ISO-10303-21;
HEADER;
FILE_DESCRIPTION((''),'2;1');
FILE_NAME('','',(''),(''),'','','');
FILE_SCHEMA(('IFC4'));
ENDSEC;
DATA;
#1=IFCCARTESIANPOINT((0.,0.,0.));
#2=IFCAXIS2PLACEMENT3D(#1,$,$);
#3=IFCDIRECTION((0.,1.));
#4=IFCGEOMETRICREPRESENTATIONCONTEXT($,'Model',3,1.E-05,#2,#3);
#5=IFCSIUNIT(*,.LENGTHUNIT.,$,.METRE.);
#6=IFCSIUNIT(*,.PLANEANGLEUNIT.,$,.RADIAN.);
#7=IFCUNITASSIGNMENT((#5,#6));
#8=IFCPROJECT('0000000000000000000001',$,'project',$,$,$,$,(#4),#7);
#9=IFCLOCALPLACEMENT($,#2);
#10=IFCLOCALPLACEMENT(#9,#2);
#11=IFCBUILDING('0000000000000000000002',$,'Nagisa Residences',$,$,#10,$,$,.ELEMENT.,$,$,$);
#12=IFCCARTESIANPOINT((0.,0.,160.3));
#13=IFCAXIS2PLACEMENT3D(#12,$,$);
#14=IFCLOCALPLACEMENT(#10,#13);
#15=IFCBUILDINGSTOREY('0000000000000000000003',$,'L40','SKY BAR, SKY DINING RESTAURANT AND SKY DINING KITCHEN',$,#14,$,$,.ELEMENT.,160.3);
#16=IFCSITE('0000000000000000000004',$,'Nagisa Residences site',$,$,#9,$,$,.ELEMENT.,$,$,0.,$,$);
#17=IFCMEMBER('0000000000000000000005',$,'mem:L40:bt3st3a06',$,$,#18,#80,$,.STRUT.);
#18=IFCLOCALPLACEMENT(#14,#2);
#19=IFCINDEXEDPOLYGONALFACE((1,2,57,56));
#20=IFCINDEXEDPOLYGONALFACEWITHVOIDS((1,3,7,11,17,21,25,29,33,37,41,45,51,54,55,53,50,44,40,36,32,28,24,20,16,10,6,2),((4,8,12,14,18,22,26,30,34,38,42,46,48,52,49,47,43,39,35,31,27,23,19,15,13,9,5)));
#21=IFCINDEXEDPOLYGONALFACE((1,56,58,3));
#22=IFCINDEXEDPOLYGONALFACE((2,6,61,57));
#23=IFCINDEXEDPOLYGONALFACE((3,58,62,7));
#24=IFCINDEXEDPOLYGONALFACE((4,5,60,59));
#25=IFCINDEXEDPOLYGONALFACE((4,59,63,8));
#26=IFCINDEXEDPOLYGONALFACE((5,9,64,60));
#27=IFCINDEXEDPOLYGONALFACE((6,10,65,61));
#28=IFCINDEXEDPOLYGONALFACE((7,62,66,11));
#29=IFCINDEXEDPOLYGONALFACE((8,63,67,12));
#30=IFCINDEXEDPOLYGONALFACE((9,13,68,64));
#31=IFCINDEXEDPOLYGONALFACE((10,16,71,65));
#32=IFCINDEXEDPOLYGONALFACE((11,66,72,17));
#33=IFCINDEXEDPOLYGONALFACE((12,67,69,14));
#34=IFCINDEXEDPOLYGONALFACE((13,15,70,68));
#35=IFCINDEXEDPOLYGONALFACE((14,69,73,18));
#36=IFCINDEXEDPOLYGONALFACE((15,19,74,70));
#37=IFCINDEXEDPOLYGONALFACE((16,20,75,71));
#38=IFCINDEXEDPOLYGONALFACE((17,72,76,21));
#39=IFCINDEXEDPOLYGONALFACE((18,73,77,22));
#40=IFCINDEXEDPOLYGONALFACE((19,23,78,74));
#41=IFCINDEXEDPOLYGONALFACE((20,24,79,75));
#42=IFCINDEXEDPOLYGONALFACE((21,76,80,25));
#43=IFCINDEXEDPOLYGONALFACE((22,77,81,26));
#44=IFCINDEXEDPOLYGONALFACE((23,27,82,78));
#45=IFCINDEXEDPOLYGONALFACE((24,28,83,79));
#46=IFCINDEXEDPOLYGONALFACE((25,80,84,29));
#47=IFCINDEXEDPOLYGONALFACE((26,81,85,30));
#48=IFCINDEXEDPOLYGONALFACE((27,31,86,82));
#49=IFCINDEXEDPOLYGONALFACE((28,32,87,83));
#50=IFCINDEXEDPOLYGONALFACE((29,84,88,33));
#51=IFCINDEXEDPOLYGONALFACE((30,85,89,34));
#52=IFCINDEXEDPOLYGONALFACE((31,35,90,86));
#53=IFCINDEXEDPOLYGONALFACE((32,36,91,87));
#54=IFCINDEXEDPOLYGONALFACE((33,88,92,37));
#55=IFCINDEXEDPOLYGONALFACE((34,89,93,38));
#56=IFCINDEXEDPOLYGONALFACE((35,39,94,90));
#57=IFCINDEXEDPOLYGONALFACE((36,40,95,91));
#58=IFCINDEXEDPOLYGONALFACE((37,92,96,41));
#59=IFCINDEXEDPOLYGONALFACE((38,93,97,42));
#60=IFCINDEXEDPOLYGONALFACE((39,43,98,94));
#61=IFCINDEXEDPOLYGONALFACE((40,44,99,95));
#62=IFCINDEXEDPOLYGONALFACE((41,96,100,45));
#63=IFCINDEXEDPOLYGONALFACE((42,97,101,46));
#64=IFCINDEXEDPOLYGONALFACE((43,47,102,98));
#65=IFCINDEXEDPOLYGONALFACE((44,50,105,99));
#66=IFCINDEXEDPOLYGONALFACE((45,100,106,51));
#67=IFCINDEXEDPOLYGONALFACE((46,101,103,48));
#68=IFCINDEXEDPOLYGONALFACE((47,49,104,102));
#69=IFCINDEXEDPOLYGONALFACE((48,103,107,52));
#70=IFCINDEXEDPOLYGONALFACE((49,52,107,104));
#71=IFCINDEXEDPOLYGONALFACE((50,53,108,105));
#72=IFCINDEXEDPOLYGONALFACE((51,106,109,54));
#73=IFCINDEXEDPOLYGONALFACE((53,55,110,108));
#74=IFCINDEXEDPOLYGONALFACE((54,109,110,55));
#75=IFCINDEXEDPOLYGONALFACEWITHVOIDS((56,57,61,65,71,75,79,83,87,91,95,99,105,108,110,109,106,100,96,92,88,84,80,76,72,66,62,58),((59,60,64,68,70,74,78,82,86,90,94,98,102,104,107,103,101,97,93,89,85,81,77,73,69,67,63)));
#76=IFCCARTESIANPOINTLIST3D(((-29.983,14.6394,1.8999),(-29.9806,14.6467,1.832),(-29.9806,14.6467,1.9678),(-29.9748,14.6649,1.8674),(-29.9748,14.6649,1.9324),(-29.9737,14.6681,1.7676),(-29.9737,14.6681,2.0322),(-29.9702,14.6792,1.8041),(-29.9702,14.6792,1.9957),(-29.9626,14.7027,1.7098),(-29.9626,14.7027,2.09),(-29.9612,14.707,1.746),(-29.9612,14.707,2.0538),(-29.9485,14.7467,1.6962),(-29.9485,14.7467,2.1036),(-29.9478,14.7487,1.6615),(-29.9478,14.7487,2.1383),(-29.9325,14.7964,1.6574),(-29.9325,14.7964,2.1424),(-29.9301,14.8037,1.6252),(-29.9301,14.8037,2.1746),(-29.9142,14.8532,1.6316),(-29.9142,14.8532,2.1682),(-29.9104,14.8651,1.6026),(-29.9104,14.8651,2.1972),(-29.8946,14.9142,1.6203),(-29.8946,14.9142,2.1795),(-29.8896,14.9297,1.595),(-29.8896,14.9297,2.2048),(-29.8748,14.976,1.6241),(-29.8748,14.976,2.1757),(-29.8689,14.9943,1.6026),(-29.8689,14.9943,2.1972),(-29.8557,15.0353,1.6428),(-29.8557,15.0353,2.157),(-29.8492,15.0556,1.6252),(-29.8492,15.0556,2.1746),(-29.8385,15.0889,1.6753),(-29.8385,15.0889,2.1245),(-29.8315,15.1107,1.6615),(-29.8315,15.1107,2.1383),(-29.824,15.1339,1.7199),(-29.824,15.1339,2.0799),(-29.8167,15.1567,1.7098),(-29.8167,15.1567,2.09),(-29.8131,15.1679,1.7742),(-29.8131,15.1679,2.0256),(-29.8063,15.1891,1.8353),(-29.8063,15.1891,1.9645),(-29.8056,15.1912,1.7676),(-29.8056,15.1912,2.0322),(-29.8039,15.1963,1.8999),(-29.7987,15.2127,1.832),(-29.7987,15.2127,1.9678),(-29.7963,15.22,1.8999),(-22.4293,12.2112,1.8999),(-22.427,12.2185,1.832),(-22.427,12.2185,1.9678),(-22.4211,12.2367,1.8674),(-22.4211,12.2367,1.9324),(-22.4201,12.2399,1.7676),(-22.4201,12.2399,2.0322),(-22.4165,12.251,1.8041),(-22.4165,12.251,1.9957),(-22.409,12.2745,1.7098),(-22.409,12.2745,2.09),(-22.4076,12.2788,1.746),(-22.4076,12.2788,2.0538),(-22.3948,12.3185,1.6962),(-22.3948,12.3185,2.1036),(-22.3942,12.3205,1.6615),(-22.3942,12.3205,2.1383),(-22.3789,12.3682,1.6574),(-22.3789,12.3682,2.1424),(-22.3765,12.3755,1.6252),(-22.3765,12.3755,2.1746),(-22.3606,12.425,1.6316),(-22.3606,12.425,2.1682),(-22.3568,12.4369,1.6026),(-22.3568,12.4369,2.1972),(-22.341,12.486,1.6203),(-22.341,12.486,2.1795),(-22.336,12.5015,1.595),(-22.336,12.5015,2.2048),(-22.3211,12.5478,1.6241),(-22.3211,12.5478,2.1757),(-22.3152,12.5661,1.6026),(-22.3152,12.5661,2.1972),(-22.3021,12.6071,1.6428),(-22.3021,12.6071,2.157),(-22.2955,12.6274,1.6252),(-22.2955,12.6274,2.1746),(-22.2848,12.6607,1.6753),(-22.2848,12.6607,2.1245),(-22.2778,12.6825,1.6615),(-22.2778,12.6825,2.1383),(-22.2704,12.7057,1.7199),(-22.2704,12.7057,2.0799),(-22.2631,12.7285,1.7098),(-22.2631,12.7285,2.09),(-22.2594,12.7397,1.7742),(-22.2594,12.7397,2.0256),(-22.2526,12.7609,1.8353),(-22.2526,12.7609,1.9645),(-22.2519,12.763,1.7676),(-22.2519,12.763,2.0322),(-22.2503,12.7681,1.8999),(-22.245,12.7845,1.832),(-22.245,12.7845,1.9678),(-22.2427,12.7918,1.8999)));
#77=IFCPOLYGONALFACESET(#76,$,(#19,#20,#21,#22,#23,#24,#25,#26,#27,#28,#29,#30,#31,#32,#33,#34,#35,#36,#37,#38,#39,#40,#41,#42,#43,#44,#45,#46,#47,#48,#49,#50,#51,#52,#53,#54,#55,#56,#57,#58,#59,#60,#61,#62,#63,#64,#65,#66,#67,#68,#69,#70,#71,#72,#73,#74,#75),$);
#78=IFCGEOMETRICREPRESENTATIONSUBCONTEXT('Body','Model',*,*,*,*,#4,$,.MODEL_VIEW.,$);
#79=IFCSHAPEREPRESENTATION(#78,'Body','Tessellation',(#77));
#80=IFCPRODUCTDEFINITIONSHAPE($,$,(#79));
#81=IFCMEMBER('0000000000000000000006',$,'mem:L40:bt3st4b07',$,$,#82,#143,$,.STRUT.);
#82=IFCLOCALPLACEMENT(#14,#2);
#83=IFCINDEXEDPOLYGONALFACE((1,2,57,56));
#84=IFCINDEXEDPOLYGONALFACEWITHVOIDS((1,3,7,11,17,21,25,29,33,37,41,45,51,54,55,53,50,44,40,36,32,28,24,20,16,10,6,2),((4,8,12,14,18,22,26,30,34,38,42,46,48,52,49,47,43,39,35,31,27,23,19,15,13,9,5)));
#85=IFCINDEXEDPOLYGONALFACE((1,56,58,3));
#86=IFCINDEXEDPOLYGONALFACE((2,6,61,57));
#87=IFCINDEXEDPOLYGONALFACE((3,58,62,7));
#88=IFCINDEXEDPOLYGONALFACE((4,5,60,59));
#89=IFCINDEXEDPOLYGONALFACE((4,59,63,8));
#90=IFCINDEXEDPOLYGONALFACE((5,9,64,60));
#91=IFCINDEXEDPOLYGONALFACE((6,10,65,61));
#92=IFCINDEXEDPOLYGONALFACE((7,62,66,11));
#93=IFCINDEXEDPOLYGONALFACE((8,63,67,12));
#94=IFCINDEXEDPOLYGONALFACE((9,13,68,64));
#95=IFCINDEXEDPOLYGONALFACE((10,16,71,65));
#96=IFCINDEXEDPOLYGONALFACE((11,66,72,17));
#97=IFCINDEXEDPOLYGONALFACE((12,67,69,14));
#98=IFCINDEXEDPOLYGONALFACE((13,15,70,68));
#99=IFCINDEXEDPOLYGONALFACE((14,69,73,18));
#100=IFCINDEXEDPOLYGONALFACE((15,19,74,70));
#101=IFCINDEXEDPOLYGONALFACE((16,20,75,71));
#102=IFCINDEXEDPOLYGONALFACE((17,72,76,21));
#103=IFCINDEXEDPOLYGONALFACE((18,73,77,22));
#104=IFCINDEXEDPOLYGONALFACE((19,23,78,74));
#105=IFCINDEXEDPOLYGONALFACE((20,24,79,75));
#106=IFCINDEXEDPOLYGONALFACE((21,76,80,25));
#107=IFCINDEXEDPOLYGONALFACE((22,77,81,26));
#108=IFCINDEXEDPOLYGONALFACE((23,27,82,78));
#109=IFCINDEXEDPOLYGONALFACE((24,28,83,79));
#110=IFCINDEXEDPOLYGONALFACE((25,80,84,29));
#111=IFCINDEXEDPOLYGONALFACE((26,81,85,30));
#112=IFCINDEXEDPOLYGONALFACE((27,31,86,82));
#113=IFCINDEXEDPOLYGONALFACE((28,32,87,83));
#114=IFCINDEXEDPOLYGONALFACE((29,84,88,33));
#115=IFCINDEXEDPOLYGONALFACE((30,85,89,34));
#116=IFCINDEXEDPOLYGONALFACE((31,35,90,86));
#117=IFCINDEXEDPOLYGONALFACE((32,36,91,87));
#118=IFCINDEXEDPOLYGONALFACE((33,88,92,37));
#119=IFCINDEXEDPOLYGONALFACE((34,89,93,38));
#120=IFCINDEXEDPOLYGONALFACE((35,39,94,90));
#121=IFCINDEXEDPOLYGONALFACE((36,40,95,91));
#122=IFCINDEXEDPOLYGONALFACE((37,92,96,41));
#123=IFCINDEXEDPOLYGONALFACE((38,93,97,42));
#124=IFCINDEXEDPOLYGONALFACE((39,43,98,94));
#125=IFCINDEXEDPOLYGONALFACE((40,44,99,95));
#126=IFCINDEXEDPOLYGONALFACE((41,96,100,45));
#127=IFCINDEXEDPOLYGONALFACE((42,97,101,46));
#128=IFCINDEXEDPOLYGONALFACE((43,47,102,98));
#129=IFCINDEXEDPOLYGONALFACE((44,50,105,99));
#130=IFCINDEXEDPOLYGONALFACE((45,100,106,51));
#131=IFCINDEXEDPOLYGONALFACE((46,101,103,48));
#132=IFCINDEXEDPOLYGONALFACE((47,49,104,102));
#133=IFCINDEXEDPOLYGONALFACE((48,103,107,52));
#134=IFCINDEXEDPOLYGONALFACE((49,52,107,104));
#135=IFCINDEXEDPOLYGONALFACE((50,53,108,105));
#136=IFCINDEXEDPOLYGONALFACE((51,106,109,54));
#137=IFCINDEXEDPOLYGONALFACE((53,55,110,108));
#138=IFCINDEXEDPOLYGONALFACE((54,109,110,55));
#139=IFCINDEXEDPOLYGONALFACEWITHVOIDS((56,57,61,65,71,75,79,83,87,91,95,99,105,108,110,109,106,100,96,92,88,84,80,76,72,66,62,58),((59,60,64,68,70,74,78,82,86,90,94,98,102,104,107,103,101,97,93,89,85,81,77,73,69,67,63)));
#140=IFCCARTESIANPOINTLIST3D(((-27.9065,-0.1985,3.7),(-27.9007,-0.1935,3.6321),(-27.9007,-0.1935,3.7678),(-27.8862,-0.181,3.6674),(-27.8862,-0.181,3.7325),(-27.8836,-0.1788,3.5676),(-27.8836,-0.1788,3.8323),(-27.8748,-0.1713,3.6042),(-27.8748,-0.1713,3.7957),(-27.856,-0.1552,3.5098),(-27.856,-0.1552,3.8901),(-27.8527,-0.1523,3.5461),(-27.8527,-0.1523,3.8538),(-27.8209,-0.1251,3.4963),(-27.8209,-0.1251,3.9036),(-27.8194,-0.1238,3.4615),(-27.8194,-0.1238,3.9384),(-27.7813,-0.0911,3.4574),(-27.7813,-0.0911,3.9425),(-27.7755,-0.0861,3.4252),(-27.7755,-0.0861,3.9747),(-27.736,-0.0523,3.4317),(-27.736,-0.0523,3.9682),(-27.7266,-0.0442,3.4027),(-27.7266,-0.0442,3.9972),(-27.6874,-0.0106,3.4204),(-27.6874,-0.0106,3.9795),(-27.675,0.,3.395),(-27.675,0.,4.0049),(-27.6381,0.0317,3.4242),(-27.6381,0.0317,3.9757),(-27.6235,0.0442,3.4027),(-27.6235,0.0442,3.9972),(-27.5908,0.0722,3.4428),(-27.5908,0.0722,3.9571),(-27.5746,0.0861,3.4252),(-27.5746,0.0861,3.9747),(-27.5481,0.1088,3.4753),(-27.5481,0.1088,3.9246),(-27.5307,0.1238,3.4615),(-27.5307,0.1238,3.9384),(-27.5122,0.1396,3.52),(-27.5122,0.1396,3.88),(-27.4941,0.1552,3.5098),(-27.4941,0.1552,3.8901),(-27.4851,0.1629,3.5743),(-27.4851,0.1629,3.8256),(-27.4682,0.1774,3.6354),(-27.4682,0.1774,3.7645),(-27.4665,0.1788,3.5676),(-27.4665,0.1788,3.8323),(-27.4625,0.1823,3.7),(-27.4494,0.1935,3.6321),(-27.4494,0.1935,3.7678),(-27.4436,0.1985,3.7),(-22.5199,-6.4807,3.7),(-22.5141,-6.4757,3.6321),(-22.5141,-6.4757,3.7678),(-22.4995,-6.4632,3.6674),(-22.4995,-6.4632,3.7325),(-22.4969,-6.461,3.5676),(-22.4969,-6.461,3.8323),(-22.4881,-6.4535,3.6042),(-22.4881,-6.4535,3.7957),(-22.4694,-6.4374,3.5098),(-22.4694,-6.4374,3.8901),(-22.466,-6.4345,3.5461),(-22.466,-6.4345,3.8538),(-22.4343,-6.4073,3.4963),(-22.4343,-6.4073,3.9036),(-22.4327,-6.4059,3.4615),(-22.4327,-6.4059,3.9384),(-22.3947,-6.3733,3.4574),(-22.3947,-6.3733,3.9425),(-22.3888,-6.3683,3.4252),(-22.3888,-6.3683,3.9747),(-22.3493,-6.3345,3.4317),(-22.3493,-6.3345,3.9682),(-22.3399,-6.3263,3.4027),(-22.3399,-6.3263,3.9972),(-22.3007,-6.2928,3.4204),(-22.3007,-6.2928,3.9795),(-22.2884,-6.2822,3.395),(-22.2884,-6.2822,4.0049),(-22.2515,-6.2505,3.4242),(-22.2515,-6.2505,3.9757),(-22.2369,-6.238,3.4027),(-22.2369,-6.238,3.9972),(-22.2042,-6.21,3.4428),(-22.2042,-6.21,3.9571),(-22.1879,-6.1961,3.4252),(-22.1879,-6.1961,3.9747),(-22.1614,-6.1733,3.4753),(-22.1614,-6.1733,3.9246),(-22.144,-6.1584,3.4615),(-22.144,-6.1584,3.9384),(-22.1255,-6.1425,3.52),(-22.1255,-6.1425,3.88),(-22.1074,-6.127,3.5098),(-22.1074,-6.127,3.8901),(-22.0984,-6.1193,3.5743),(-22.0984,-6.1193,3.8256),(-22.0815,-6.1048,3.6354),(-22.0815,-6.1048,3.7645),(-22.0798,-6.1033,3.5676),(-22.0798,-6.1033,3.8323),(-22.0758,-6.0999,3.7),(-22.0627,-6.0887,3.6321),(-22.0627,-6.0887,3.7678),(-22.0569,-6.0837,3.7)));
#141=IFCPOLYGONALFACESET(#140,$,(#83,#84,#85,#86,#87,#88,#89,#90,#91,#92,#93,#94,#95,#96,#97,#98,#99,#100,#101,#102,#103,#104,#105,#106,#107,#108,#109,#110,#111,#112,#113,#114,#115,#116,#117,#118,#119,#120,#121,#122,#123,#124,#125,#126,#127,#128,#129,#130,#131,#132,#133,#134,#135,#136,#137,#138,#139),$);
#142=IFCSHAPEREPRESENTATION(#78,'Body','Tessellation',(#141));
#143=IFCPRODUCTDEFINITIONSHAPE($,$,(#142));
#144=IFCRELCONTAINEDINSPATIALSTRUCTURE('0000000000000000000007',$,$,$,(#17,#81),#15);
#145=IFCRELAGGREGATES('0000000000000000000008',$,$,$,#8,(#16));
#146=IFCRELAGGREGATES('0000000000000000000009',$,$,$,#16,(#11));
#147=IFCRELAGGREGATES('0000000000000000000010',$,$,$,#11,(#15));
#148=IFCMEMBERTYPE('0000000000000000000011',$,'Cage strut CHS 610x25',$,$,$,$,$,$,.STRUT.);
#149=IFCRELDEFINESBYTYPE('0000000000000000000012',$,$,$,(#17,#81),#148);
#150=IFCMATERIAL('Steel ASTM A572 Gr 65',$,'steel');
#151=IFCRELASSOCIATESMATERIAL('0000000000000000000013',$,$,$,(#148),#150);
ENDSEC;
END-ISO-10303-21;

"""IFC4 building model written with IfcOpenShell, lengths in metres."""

from ifc_helpers import new_model, si_unit, direction, frame, origin, origin_2d, place, context, subcontext, project, spatial, hollow_circle, extrude, material, material_profile, profile_set, type_object, element, save


model = new_model("IFC4")

# Units and contexts
model_context = context("Model", 3, precision=1e-05, world=origin(), true_north=direction((0.0, 1.0)))
body_context = subcontext(model_context, "Body", "Model", "MODEL_VIEW")
ifc_project = project(units=[si_unit("LENGTHUNIT", "METRE"), si_unit("PLANEANGLEUNIT", "RADIAN")], contexts=[model_context])

# Site, building, storey
site_placement = place(None, origin())
site = spatial("IfcSite", under=ifc_project, at=site_placement, Name="Nagisa Residences site", CompositionType="ELEMENT", RefElevation=0.0)
building_placement = place(site_placement, origin())
building = spatial("IfcBuilding", under=site, at=building_placement, Name="Nagisa Residences", CompositionType="ELEMENT")
storey_placement = place(building_placement, frame((0.0, 0.0, 160.3)))
storey = spatial("IfcBuildingStorey", under=building, at=storey_placement, Name="L40", Description="SKY BAR, SKY DINING RESTAURANT AND SKY DINING KITCHEN", CompositionType="ELEMENT", Elevation=160.3)

# Members
ifc_material_1 = material(Name="Steel ASTM A572 Gr 65", Category="steel")
ifc_material_profile_1 = material_profile(ifc_material_1, hollow_circle(Radius=0.3049, WallThickness=0.0249, at=origin_2d()), Name="CHS 610x25")
ifc_profile_set_1 = profile_set([ifc_material_profile_1], Name="Steel ASTM A572 Gr 65")
member_type_1 = type_object("IfcMemberType", Name="Cage strut CHS 610x25", PredefinedType="STRUT", material=ifc_profile_set_1)
member_1_placement = place(storey_placement, frame((-29.8896, 14.9297, 1.8999), z_axis=(0.95202, -0.306037, 0.0), x_axis=(0.306037, 0.95202, 0.0)))
element("IfcMember", 1, at=member_1_placement, inside=storey, type_object=member_type_1, Name="mem:L40:bt3st3a06", PredefinedType="STRUT", context=body_context, shape_type="SweptSolid", body=[
    extrude(hollow_circle(Radius=0.3049, WallThickness=0.0249, at=origin_2d()), origin(), (0.0, 0.0, 1.0), 7.9343),
])
member_2_placement = place(storey_placement, frame((-27.675, 0.0, 3.7), z_axis=(0.650927, -0.75914, 0.0), x_axis=(0.75914, 0.650927, 0.0)))
element("IfcMember", 2, at=member_2_placement, inside=storey, type_object=member_type_1, Name="mem:L40:bt3st4b07", PredefinedType="STRUT", context=body_context, shape_type="SweptSolid", body=[
    extrude(hollow_circle(Radius=0.3049, WallThickness=0.0249, at=origin_2d()), origin(), (0.0, 0.0, 1.0), 8.2754),
])

save(model, "model.ifc")
